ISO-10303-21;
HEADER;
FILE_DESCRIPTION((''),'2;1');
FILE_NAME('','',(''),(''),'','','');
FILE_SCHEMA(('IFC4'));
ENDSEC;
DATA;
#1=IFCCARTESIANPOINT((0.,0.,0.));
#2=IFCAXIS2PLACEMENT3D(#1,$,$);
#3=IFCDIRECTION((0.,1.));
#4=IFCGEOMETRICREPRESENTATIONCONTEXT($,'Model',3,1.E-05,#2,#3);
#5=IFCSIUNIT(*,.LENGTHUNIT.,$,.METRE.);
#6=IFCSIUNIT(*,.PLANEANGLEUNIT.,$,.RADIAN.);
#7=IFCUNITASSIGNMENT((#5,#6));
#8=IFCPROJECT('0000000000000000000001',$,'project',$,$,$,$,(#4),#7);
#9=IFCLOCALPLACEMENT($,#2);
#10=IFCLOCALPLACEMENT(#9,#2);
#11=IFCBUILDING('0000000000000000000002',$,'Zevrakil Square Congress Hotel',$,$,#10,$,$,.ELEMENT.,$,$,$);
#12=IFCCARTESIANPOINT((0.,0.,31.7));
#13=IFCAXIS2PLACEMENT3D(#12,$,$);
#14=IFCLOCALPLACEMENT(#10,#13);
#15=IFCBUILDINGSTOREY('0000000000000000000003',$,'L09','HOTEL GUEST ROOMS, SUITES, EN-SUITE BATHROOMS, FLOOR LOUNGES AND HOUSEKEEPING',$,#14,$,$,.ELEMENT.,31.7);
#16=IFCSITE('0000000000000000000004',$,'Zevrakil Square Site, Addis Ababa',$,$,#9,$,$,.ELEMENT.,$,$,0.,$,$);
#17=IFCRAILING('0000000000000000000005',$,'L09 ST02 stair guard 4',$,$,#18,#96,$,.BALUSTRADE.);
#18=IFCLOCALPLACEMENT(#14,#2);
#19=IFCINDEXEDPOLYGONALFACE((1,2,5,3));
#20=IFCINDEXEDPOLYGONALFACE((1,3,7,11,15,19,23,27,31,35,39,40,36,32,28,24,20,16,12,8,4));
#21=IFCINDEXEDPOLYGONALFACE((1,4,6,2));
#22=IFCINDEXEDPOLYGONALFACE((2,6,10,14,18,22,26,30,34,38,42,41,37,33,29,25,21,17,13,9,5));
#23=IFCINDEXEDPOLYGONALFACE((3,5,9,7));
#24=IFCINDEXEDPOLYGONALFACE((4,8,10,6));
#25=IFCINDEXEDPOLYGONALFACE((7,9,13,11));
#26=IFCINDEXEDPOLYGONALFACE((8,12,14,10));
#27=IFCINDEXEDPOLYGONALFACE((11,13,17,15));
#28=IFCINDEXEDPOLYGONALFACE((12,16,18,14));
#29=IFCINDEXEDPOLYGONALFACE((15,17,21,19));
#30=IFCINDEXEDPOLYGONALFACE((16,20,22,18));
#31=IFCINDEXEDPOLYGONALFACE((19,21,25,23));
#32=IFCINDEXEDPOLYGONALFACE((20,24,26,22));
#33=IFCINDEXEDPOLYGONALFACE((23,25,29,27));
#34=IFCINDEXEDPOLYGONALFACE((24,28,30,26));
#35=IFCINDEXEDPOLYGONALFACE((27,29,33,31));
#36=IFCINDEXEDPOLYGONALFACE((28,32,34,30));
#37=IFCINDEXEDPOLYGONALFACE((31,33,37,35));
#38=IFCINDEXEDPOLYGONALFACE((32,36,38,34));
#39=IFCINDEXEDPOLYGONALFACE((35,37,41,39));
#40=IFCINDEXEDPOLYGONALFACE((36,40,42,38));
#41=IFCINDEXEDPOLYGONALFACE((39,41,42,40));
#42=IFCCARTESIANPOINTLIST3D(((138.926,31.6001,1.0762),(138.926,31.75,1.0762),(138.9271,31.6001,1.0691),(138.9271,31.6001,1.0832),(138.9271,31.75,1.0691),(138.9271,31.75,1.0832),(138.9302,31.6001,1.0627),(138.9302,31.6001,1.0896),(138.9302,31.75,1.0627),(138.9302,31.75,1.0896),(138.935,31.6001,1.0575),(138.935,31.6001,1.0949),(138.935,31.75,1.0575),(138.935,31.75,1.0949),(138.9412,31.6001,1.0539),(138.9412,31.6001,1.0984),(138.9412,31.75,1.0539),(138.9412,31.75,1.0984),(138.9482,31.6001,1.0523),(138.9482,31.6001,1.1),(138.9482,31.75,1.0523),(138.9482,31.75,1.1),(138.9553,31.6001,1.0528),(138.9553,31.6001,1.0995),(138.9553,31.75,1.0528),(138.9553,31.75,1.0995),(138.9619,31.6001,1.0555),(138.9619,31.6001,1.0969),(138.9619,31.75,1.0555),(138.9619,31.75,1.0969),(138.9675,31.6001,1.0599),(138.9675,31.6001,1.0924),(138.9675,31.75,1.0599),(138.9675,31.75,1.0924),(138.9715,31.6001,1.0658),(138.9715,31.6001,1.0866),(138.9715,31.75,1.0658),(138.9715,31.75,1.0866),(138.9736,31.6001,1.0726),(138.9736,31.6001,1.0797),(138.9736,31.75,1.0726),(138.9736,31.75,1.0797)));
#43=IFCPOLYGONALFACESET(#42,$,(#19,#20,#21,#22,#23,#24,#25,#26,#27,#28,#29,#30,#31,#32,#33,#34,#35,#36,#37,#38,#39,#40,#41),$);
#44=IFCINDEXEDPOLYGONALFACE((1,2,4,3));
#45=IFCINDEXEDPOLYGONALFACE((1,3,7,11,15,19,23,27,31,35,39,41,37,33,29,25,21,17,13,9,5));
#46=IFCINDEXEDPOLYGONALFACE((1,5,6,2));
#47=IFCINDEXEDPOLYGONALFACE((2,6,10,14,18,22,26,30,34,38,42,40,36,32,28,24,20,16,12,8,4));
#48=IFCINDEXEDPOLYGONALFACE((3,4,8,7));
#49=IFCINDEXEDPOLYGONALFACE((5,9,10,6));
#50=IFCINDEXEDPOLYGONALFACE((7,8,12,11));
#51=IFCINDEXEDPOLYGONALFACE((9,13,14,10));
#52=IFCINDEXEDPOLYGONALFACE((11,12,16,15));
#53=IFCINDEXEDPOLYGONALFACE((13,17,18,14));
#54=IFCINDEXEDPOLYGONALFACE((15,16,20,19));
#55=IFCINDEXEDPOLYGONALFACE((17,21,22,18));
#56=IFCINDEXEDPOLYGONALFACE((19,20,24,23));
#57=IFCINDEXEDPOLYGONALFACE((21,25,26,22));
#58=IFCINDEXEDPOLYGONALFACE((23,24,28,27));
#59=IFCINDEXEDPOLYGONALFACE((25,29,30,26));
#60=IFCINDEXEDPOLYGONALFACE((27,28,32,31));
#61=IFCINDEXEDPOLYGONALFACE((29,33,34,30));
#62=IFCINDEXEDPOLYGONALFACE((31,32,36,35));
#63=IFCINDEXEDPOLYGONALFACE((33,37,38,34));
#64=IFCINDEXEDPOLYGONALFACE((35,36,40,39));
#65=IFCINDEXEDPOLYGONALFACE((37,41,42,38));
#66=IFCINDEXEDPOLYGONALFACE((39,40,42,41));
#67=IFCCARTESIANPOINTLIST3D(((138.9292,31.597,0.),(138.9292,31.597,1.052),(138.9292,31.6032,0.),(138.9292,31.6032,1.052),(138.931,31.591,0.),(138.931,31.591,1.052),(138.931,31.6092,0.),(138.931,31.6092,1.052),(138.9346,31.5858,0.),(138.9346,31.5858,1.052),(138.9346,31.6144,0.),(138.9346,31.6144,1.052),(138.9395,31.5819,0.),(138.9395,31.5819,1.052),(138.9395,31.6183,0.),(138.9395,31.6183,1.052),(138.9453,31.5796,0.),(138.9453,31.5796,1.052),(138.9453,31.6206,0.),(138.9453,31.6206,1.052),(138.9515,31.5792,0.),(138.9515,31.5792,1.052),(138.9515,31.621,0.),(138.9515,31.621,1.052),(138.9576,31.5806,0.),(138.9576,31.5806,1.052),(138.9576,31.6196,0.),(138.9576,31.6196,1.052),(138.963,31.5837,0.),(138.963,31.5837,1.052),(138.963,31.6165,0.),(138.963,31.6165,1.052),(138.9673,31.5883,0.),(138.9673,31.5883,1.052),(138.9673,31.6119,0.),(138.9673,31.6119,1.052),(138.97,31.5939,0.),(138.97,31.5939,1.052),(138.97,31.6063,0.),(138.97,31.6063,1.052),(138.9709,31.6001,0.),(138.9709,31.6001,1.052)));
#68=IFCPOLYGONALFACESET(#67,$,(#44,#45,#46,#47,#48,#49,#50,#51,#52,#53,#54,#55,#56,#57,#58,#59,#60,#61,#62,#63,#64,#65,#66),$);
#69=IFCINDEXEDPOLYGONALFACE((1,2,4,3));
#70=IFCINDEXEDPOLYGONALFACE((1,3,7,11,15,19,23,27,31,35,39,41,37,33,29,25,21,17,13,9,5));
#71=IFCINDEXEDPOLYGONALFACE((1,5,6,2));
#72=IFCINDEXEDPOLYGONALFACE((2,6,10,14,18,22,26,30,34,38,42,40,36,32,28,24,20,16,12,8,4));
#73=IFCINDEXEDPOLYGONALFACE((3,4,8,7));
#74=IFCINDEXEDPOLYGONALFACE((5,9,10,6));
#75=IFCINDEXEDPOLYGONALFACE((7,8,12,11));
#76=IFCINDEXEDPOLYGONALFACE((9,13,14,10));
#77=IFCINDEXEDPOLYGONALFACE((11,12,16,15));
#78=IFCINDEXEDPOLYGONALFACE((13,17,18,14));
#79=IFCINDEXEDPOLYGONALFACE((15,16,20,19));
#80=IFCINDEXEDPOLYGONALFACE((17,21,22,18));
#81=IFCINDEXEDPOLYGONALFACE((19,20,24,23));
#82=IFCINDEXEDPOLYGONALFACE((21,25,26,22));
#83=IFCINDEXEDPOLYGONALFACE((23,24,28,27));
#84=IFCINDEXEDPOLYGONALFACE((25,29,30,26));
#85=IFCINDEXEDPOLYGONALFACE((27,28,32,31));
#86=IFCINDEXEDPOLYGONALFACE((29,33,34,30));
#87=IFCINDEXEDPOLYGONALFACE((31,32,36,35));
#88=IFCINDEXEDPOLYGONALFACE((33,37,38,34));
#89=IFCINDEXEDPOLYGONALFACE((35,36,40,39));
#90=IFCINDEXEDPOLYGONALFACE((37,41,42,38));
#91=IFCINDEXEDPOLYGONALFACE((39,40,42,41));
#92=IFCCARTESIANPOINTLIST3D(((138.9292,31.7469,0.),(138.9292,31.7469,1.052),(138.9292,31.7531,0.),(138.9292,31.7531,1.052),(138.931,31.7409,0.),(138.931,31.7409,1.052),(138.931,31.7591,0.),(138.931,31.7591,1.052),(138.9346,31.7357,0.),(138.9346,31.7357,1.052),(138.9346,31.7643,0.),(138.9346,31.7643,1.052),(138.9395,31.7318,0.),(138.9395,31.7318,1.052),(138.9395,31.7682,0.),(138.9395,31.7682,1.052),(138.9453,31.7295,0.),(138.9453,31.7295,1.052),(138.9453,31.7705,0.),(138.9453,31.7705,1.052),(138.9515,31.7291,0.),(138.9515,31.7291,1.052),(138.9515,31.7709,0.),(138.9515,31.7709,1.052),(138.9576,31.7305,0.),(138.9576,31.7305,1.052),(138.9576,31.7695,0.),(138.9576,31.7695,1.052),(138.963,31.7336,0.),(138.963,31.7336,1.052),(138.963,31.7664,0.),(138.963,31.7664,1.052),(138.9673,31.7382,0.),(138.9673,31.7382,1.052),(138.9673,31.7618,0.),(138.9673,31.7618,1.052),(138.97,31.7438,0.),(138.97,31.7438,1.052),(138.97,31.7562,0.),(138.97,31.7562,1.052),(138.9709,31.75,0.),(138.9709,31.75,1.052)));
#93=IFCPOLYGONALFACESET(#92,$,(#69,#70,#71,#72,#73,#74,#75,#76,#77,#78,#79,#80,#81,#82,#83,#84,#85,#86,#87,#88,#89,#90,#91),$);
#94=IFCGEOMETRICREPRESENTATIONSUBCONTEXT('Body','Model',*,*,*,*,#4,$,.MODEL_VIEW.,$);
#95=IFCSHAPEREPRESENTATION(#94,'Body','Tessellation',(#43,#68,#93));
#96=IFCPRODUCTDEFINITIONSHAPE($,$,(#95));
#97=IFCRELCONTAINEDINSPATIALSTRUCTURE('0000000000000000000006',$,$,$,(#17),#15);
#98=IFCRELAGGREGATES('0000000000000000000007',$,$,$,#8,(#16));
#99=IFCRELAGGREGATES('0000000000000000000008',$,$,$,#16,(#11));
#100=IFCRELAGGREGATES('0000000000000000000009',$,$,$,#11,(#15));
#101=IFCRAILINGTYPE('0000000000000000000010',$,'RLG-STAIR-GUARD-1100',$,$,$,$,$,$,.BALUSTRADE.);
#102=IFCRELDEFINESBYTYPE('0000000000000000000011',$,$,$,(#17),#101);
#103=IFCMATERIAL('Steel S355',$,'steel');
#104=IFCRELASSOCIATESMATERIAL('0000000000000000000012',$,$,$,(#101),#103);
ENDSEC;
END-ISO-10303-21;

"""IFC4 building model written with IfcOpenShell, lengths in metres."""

from ifc_helpers import new_model, si_unit, direction, frame, origin, origin_2d, place, context, subcontext, project, spatial, circle, extrude, material, type_object, element, save


model = new_model("IFC4")

# Units and contexts
model_context = context("Model", 3, precision=1e-05, world=origin(), true_north=direction((0.0, 1.0)))
body_context = subcontext(model_context, "Body", "Model", "MODEL_VIEW")
ifc_project = project(units=[si_unit("LENGTHUNIT", "METRE"), si_unit("PLANEANGLEUNIT", "RADIAN")], contexts=[model_context])

# Site, building, storey
site_placement = place(None, origin())
site = spatial("IfcSite", under=ifc_project, at=site_placement, Name="Zevrakil Square Site, Addis Ababa", CompositionType="ELEMENT", RefElevation=0.0)
building_placement = place(site_placement, origin())
building = spatial("IfcBuilding", under=site, at=building_placement, Name="Zevrakil Square Congress Hotel", CompositionType="ELEMENT")
storey_placement = place(building_placement, frame((0.0, 0.0, 31.7)))
storey = spatial("IfcBuildingStorey", under=building, at=storey_placement, Name="L09", Description="HOTEL GUEST ROOMS, SUITES, EN-SUITE BATHROOMS, FLOOR LOUNGES AND HOUSEKEEPING", CompositionType="ELEMENT", Elevation=31.7)

# Railing
ifc_material_1 = material(Name="Steel S355", Category="steel")
railing_type_1 = type_object("IfcRailingType", Name="RLG-STAIR-GUARD-1100", PredefinedType="BALUSTRADE", material=ifc_material_1)
railing_1_placement = place(storey_placement, frame((138.95, 31.6001, 0.0)))
element("IfcRailing", 1, at=railing_1_placement, inside=storey, type_object=railing_type_1, Name="L09 ST02 stair guard 4", PredefinedType="BALUSTRADE", context=body_context, shape_type="SweptSolid", body=[
    extrude(circle(Radius=0.0239, at=origin_2d()), frame((0.0, 0.0, 1.0762), z_axis=(0.0, 1.0, 0.0), x_axis=(-1.0, 0.0, 0.0)), (0.0, 0.0, 1.0), 0.1499),
    extrude(circle(Radius=0.021, at=origin_2d()), origin(), (0.0, 0.0, 1.0), 1.052),
    extrude(circle(Radius=0.021, at=origin_2d()), frame((0.0, 0.1499, 0.0)), (0.0, 0.0, 1.0), 1.052),
])

save(model, "model.ifc")
